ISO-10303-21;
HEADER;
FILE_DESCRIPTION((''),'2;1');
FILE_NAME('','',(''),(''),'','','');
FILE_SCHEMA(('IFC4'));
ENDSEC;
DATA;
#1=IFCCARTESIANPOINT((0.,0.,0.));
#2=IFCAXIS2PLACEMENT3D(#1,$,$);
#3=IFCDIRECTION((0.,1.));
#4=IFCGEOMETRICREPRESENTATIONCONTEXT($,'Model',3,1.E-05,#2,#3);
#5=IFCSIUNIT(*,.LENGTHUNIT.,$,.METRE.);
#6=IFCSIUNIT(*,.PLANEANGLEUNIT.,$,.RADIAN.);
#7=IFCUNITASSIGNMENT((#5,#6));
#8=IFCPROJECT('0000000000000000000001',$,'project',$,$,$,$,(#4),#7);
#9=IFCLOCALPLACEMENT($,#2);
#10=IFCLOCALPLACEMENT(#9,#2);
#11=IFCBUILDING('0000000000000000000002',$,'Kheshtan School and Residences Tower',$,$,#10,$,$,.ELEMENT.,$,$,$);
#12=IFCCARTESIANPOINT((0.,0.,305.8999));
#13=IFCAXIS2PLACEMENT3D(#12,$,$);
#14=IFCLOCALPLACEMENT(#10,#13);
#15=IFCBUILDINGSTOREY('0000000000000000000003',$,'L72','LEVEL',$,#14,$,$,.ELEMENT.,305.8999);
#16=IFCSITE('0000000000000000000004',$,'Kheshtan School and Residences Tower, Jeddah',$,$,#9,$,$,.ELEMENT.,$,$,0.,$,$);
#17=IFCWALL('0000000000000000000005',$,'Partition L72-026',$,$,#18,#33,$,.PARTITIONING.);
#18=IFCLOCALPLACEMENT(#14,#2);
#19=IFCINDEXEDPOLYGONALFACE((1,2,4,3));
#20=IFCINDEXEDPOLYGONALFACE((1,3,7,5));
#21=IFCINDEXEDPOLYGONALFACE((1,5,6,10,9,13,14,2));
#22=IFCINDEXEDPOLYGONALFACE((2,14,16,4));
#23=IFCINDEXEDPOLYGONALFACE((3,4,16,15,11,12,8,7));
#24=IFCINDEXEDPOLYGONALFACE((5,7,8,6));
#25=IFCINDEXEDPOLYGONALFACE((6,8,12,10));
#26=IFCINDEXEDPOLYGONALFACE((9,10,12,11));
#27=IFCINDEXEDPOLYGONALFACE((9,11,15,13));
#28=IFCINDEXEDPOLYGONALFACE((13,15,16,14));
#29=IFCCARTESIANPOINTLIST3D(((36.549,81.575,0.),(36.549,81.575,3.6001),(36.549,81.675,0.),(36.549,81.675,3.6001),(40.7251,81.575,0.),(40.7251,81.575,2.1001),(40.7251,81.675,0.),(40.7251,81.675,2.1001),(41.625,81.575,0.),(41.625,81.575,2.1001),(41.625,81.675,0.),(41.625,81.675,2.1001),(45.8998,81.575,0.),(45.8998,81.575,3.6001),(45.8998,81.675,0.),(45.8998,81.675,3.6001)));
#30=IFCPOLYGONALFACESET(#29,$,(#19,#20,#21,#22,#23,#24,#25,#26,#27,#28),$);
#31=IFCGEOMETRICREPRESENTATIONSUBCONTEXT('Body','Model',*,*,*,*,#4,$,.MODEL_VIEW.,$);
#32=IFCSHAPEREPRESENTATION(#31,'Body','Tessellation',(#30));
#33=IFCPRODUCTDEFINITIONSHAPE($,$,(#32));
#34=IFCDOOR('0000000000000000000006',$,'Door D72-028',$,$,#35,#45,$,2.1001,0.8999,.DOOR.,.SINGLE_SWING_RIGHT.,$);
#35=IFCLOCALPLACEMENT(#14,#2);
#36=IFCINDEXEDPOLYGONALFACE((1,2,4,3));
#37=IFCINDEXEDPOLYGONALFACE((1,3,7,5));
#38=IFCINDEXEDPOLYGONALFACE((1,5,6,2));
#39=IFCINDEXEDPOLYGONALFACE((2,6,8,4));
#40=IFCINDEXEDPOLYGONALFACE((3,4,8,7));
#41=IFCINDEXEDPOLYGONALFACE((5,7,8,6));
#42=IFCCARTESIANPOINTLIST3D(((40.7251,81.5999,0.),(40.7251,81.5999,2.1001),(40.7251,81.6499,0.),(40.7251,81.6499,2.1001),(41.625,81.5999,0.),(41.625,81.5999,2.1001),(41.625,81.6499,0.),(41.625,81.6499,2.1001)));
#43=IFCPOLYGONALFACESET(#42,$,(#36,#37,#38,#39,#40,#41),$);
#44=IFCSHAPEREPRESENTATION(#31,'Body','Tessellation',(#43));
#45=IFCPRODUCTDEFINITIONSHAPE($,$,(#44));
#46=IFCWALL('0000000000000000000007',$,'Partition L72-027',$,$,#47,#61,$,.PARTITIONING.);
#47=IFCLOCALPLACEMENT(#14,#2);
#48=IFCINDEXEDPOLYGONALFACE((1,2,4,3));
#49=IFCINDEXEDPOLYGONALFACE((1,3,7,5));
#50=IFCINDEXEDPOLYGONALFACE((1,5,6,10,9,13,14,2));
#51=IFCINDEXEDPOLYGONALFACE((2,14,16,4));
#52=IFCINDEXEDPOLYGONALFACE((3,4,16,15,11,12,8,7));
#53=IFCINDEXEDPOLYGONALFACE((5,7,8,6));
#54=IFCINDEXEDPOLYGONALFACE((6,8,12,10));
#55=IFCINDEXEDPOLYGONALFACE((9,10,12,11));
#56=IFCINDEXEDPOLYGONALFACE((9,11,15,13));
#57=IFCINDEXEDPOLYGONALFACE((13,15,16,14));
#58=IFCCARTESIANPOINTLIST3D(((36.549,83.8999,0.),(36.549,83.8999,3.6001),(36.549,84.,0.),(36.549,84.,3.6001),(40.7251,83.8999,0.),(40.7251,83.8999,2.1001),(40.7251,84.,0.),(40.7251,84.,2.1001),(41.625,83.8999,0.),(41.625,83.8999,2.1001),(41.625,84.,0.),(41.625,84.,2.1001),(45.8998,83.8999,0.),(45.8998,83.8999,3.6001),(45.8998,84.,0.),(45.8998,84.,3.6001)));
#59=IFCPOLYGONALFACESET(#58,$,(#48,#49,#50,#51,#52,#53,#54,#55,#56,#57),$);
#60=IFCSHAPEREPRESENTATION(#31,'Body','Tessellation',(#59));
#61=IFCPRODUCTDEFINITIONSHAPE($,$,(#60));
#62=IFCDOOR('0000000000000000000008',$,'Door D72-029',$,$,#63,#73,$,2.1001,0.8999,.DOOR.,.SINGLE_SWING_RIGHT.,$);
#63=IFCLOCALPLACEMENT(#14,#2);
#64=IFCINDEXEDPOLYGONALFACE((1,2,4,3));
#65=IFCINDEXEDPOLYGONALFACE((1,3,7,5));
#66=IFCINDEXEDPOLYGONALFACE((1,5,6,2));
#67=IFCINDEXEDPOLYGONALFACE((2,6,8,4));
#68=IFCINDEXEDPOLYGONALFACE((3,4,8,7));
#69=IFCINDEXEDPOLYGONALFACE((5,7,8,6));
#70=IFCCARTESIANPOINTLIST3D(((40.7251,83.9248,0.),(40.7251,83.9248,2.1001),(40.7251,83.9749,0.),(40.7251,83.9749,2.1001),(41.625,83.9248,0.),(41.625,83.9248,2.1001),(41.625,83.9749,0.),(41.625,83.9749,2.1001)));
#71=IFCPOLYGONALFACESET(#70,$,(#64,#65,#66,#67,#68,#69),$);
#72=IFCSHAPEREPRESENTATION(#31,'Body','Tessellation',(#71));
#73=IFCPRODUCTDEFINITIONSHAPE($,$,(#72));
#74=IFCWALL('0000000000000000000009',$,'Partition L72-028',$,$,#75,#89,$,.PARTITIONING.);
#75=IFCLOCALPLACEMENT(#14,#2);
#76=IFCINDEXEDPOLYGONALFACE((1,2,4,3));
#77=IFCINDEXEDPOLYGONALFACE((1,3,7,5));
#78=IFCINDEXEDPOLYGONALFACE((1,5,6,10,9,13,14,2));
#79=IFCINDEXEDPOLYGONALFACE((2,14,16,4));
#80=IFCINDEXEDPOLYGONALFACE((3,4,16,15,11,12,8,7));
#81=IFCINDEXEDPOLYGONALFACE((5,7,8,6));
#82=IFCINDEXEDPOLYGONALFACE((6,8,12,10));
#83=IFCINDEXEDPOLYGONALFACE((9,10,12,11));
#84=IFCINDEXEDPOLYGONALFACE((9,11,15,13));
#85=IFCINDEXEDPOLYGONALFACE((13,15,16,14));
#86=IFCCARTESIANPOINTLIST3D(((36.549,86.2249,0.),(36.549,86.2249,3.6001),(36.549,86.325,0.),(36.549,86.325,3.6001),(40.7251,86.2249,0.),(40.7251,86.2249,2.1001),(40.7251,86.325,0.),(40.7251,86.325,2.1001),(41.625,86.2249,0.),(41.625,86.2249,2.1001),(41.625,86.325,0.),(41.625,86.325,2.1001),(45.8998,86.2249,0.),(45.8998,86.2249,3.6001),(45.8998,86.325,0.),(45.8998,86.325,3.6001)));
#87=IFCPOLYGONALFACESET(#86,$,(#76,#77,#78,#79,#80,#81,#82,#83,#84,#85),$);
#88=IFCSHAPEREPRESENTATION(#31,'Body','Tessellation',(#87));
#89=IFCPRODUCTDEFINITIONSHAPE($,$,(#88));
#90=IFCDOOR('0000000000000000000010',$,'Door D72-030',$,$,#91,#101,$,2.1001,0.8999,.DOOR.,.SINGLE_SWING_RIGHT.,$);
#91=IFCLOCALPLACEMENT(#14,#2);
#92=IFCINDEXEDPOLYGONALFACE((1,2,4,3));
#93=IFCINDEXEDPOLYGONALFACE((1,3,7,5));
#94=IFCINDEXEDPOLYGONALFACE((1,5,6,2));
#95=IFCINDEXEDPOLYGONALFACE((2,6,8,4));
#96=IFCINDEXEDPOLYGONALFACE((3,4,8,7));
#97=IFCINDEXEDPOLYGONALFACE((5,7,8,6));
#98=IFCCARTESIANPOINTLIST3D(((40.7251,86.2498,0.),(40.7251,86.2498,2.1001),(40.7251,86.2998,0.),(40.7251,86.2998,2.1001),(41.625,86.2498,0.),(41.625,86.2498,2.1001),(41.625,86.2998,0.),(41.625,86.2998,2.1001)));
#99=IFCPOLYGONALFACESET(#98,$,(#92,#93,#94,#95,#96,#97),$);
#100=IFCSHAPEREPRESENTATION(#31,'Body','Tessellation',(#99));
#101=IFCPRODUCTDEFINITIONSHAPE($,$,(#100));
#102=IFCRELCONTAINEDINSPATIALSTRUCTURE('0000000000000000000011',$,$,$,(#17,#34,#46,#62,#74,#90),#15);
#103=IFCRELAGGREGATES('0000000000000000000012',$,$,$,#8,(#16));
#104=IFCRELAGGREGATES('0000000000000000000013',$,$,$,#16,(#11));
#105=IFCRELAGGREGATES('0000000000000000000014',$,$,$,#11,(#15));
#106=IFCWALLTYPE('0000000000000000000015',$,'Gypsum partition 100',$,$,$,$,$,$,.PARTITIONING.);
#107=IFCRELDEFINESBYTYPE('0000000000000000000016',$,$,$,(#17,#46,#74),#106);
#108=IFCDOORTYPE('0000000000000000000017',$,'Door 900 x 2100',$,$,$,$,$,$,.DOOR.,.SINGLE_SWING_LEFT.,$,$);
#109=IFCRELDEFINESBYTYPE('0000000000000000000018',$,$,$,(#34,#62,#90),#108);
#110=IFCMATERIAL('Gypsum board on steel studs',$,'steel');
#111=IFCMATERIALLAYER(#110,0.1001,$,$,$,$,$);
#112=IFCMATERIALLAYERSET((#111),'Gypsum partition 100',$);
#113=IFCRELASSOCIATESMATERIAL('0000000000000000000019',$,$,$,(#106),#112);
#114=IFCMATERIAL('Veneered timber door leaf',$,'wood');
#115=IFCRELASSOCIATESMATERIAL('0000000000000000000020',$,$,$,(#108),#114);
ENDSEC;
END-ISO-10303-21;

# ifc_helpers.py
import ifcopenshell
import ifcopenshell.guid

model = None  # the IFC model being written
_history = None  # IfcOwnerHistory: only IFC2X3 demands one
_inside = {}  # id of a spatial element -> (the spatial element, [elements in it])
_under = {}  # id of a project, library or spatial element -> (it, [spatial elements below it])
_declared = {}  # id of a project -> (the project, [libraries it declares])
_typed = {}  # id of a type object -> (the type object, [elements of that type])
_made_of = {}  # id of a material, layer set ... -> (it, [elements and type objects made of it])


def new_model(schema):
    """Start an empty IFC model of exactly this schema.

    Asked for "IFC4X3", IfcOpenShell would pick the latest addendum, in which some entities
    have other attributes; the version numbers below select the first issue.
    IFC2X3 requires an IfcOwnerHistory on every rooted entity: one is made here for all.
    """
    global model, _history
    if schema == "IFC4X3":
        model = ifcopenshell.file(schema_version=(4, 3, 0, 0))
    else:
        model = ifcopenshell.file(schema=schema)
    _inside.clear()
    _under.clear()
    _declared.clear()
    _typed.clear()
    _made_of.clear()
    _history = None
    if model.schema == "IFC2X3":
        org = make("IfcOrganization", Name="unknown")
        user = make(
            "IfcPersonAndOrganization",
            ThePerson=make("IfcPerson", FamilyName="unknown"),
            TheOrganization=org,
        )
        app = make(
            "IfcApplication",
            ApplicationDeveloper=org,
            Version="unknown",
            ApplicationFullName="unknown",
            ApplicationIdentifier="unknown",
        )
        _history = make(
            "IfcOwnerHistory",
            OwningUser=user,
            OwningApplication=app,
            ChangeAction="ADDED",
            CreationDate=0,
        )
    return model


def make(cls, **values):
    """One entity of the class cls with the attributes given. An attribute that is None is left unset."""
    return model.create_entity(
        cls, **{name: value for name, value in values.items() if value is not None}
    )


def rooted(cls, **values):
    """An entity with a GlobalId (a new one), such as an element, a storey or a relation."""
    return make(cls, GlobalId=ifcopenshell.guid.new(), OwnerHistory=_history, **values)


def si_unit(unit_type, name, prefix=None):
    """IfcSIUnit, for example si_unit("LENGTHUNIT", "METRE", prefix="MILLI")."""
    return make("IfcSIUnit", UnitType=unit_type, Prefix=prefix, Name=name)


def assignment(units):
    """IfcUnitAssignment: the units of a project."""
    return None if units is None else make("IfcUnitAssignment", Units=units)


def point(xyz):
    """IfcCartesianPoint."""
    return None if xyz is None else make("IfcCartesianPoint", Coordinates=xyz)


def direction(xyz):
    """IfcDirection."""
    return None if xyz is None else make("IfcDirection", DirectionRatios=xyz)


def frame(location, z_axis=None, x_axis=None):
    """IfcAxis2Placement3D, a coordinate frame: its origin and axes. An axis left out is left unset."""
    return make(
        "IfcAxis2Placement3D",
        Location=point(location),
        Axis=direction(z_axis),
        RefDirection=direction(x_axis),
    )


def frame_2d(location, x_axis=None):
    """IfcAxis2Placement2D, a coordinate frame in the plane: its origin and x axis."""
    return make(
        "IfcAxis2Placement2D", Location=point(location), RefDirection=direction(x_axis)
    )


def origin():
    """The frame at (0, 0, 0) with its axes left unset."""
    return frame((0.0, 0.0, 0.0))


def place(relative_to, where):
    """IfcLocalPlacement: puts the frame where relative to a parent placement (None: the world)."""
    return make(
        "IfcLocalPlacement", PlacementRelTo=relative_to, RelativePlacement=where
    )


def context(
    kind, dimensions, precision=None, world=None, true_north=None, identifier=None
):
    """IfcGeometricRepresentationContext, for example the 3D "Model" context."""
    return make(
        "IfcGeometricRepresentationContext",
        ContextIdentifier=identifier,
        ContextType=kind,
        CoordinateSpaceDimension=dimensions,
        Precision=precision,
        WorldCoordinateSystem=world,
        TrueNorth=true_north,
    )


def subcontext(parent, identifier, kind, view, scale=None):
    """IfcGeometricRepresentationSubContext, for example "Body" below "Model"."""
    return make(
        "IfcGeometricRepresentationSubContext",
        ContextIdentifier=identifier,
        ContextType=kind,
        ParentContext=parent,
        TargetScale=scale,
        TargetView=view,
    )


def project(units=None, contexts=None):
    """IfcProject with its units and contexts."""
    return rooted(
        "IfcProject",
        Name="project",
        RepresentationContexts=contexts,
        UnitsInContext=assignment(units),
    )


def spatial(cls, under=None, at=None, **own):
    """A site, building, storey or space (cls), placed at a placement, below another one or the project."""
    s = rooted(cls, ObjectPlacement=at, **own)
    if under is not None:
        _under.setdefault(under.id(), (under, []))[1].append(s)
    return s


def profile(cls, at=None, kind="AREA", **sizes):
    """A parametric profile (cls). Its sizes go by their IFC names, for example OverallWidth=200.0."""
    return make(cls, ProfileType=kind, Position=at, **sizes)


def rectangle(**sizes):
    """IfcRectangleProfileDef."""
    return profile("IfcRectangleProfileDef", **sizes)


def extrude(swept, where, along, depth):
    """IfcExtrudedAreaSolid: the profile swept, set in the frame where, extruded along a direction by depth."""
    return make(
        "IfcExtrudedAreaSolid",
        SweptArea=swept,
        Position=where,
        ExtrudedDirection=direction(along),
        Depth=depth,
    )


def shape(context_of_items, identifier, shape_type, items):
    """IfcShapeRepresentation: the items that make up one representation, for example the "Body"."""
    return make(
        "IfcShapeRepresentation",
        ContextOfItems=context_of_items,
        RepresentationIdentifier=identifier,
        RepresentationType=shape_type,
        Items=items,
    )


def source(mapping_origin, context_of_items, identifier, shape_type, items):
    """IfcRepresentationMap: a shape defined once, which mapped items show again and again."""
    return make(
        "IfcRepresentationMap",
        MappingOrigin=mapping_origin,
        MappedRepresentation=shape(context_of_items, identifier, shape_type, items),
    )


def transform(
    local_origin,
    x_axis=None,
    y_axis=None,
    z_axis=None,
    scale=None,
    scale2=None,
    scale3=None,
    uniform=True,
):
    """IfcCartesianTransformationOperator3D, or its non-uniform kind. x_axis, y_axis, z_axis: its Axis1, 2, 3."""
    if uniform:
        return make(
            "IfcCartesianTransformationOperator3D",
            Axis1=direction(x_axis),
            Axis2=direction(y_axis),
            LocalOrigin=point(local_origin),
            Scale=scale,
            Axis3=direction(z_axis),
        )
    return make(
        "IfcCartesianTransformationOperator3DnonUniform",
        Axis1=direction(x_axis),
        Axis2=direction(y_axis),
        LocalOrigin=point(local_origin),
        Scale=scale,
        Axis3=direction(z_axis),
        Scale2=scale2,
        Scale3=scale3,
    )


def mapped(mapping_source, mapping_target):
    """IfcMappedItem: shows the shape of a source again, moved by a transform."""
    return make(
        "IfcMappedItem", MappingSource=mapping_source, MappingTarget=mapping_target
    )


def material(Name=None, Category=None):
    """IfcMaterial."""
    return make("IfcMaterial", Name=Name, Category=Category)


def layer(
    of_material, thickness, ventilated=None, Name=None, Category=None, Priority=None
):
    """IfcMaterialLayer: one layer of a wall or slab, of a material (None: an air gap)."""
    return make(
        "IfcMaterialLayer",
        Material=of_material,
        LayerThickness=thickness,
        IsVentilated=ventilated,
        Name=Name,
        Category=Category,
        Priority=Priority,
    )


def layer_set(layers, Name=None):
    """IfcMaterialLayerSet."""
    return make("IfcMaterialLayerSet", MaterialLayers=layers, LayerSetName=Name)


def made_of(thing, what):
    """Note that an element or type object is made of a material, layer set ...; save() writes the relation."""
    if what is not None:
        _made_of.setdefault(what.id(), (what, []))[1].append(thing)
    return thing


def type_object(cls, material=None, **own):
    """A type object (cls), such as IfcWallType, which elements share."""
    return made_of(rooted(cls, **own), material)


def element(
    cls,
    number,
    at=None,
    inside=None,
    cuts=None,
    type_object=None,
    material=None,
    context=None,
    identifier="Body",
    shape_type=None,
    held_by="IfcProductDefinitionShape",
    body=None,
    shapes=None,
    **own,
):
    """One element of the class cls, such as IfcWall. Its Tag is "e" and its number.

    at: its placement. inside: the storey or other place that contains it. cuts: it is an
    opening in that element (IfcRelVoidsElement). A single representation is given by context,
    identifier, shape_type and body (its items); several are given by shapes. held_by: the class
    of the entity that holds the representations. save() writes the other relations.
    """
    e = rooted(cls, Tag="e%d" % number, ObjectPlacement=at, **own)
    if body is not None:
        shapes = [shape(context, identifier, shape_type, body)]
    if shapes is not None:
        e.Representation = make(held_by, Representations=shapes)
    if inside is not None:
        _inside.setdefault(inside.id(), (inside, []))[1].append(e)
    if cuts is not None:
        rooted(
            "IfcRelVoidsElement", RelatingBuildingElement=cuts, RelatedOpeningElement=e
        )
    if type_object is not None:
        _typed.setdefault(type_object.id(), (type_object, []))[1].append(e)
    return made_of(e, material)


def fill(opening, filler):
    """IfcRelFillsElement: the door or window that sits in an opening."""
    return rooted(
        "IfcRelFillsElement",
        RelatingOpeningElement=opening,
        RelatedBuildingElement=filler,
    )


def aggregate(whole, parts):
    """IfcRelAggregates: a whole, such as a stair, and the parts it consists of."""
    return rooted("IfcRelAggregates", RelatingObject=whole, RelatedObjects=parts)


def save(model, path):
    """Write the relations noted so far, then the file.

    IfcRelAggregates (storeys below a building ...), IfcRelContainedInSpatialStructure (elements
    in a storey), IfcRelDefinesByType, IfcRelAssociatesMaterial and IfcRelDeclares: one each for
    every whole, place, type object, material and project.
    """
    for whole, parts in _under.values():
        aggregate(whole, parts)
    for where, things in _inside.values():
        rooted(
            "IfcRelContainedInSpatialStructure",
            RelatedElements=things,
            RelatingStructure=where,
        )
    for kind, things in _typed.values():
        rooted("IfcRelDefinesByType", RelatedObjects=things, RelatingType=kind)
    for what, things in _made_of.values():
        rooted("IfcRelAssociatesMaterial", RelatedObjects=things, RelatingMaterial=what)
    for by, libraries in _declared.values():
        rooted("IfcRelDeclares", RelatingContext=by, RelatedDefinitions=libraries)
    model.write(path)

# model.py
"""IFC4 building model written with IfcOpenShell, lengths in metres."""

from ifc_helpers import new_model, si_unit, direction, frame, frame_2d, origin, place, context, subcontext, project, spatial, rectangle, extrude, source, transform, mapped, material, layer, layer_set, type_object, element, fill, save


model = new_model("IFC4")

# Units and contexts
model_context = context("Model", 3, precision=1e-05, world=origin(), true_north=direction((0.0, 1.0)))
body_context = subcontext(model_context, "Body", "Model", "MODEL_VIEW")
ifc_project = project(units=[si_unit("LENGTHUNIT", "METRE"), si_unit("PLANEANGLEUNIT", "RADIAN")], contexts=[model_context])

# Site, building, storey
site_placement = place(None, origin())
site = spatial("IfcSite", under=ifc_project, at=site_placement, Name="Kheshtan School and Residences Tower, Jeddah", CompositionType="ELEMENT", RefElevation=0.0)
building_placement = place(site_placement, origin())
building = spatial("IfcBuilding", under=site, at=building_placement, Name="Kheshtan School and Residences Tower", CompositionType="ELEMENT")
storey_placement = place(building_placement, frame((0.0, 0.0, 305.8999)))
storey = spatial("IfcBuildingStorey", under=building, at=storey_placement, Name="L72", Description="LEVEL", CompositionType="ELEMENT", Elevation=305.8999)

# Walls, openings, doors
ifc_material_1 = material(Name="Gypsum board on steel studs", Category="steel")
ifc_layer_1 = layer(ifc_material_1, 0.1001)
ifc_layer_set_1 = layer_set([ifc_layer_1], Name="Gypsum partition 100")
wall_type_1 = type_object("IfcWallType", Name="Gypsum partition 100", PredefinedType="PARTITIONING", material=ifc_layer_set_1)
wall_1_placement = place(storey_placement, frame((36.5491, 81.625, 0.0), z_axis=(0.0, 0.0, 1.0), x_axis=(1.0, 0.0, 0.0)))
wall_1 = element("IfcWall", 1, at=wall_1_placement, inside=storey, type_object=wall_type_1, Name="Partition L72-026", PredefinedType="PARTITIONING", context=body_context, shape_type="SweptSolid", body=[
    extrude(rectangle(XDim=9.3508, YDim=0.1001, at=frame_2d((4.6753, 0.0))), origin(), (0.0, 0.0, 1.0), 3.6001),
])
opening_1_placement = place(wall_1_placement, frame((4.176, 0.0, 0.0)))
opening_1 = element("IfcOpeningElement", 2, at=opening_1_placement, cuts=wall_1, PredefinedType="OPENING", context=body_context, shape_type="SweptSolid", body=[
    extrude(rectangle(XDim=0.8999, YDim=2.1001, at=frame_2d((0.45, 1.05))), frame((0.0, 0.0601, 0.0), z_axis=(0.0, -1.0, 0.0), x_axis=(1.0, 0.0, 0.0)), (0.0, 0.0, 1.0), 0.1201),
])
ifc_material_2 = material(Name="Veneered timber door leaf", Category="wood")
door_type_1 = type_object("IfcDoorType", Name="Door 900 x 2100", OperationType="SINGLE_SWING_LEFT", PredefinedType="DOOR", material=ifc_material_2)
shared_shape_1 = source(origin(), body_context, "Body", "SweptSolid", [
    extrude(rectangle(XDim=0.8999, YDim=2.1001, at=frame_2d((0.45, 1.05))), frame((0.0, 0.0249, 0.0), z_axis=(0.0, -1.0, 0.0), x_axis=(1.0, 0.0, 0.0)), (0.0, 0.0, 1.0), 0.05),
])
door_1_placement = place(opening_1_placement, origin())
door_1 = element("IfcDoor", 3, at=door_1_placement, inside=storey, type_object=door_type_1, Name="Door D72-028", OperationType="SINGLE_SWING_RIGHT", OverallHeight=2.1001, OverallWidth=0.8999, PredefinedType="DOOR", context=body_context, shape_type="MappedRepresentation", body=[
    mapped(shared_shape_1, transform((0.0, 0.0, 0.0), x_axis=(1.0, 0.0, 0.0), y_axis=(0.0, 1.0, 0.0), z_axis=(0.0, 0.0, 1.0), scale=1.0)),
])
fill(opening_1, door_1)
wall_2_placement = place(storey_placement, frame((36.5491, 83.95, 0.0), z_axis=(0.0, 0.0, 1.0), x_axis=(1.0, 0.0, 0.0)))
wall_2 = element("IfcWall", 4, at=wall_2_placement, inside=storey, type_object=wall_type_1, Name="Partition L72-027", PredefinedType="PARTITIONING", context=body_context, shape_type="SweptSolid", body=[
    extrude(rectangle(XDim=9.3508, YDim=0.1001, at=frame_2d((4.6753, 0.0))), origin(), (0.0, 0.0, 1.0), 3.6001),
])
opening_2_placement = place(wall_2_placement, frame((4.176, 0.0, 0.0)))
opening_2 = element("IfcOpeningElement", 5, at=opening_2_placement, cuts=wall_2, PredefinedType="OPENING", context=body_context, shape_type="SweptSolid", body=[
    extrude(rectangle(XDim=0.8999, YDim=2.1001, at=frame_2d((0.45, 1.05))), frame((0.0, 0.0601, 0.0), z_axis=(0.0, -1.0, 0.0), x_axis=(1.0, 0.0, 0.0)), (0.0, 0.0, 1.0), 0.1201),
])
door_2_placement = place(opening_2_placement, origin())
door_2 = element("IfcDoor", 6, at=door_2_placement, inside=storey, type_object=door_type_1, Name="Door D72-029", OperationType="SINGLE_SWING_RIGHT", OverallHeight=2.1001, OverallWidth=0.8999, PredefinedType="DOOR", context=body_context, shape_type="MappedRepresentation", body=[
    mapped(shared_shape_1, transform((0.0, 0.0, 0.0), x_axis=(1.0, 0.0, 0.0), y_axis=(0.0, 1.0, 0.0), z_axis=(0.0, 0.0, 1.0), scale=1.0)),
])
fill(opening_2, door_2)
wall_3_placement = place(storey_placement, frame((36.5491, 86.2749, 0.0), z_axis=(0.0, 0.0, 1.0), x_axis=(1.0, 0.0, 0.0)))
wall_3 = element("IfcWall", 7, at=wall_3_placement, inside=storey, type_object=wall_type_1, Name="Partition L72-028", PredefinedType="PARTITIONING", context=body_context, shape_type="SweptSolid", body=[
    extrude(rectangle(XDim=9.3508, YDim=0.1001, at=frame_2d((4.6753, 0.0))), origin(), (0.0, 0.0, 1.0), 3.6001),
])
opening_3_placement = place(wall_3_placement, frame((4.176, 0.0, 0.0)))
opening_3 = element("IfcOpeningElement", 8, at=opening_3_placement, cuts=wall_3, PredefinedType="OPENING", context=body_context, shape_type="SweptSolid", body=[
    extrude(rectangle(XDim=0.8999, YDim=2.1001, at=frame_2d((0.45, 1.05))), frame((0.0, 0.0601, 0.0), z_axis=(0.0, -1.0, 0.0), x_axis=(1.0, 0.0, 0.0)), (0.0, 0.0, 1.0), 0.1201),
])
door_3_placement = place(opening_3_placement, origin())
door_3 = element("IfcDoor", 9, at=door_3_placement, inside=storey, type_object=door_type_1, Name="Door D72-030", OperationType="SINGLE_SWING_RIGHT", OverallHeight=2.1001, OverallWidth=0.8999, PredefinedType="DOOR", context=body_context, shape_type="MappedRepresentation", body=[
    mapped(shared_shape_1, transform((0.0, 0.0, 0.0), x_axis=(1.0, 0.0, 0.0), y_axis=(0.0, 1.0, 0.0), z_axis=(0.0, 0.0, 1.0), scale=1.0)),
])
fill(opening_3, door_3)

save(model, "model.ifc")
